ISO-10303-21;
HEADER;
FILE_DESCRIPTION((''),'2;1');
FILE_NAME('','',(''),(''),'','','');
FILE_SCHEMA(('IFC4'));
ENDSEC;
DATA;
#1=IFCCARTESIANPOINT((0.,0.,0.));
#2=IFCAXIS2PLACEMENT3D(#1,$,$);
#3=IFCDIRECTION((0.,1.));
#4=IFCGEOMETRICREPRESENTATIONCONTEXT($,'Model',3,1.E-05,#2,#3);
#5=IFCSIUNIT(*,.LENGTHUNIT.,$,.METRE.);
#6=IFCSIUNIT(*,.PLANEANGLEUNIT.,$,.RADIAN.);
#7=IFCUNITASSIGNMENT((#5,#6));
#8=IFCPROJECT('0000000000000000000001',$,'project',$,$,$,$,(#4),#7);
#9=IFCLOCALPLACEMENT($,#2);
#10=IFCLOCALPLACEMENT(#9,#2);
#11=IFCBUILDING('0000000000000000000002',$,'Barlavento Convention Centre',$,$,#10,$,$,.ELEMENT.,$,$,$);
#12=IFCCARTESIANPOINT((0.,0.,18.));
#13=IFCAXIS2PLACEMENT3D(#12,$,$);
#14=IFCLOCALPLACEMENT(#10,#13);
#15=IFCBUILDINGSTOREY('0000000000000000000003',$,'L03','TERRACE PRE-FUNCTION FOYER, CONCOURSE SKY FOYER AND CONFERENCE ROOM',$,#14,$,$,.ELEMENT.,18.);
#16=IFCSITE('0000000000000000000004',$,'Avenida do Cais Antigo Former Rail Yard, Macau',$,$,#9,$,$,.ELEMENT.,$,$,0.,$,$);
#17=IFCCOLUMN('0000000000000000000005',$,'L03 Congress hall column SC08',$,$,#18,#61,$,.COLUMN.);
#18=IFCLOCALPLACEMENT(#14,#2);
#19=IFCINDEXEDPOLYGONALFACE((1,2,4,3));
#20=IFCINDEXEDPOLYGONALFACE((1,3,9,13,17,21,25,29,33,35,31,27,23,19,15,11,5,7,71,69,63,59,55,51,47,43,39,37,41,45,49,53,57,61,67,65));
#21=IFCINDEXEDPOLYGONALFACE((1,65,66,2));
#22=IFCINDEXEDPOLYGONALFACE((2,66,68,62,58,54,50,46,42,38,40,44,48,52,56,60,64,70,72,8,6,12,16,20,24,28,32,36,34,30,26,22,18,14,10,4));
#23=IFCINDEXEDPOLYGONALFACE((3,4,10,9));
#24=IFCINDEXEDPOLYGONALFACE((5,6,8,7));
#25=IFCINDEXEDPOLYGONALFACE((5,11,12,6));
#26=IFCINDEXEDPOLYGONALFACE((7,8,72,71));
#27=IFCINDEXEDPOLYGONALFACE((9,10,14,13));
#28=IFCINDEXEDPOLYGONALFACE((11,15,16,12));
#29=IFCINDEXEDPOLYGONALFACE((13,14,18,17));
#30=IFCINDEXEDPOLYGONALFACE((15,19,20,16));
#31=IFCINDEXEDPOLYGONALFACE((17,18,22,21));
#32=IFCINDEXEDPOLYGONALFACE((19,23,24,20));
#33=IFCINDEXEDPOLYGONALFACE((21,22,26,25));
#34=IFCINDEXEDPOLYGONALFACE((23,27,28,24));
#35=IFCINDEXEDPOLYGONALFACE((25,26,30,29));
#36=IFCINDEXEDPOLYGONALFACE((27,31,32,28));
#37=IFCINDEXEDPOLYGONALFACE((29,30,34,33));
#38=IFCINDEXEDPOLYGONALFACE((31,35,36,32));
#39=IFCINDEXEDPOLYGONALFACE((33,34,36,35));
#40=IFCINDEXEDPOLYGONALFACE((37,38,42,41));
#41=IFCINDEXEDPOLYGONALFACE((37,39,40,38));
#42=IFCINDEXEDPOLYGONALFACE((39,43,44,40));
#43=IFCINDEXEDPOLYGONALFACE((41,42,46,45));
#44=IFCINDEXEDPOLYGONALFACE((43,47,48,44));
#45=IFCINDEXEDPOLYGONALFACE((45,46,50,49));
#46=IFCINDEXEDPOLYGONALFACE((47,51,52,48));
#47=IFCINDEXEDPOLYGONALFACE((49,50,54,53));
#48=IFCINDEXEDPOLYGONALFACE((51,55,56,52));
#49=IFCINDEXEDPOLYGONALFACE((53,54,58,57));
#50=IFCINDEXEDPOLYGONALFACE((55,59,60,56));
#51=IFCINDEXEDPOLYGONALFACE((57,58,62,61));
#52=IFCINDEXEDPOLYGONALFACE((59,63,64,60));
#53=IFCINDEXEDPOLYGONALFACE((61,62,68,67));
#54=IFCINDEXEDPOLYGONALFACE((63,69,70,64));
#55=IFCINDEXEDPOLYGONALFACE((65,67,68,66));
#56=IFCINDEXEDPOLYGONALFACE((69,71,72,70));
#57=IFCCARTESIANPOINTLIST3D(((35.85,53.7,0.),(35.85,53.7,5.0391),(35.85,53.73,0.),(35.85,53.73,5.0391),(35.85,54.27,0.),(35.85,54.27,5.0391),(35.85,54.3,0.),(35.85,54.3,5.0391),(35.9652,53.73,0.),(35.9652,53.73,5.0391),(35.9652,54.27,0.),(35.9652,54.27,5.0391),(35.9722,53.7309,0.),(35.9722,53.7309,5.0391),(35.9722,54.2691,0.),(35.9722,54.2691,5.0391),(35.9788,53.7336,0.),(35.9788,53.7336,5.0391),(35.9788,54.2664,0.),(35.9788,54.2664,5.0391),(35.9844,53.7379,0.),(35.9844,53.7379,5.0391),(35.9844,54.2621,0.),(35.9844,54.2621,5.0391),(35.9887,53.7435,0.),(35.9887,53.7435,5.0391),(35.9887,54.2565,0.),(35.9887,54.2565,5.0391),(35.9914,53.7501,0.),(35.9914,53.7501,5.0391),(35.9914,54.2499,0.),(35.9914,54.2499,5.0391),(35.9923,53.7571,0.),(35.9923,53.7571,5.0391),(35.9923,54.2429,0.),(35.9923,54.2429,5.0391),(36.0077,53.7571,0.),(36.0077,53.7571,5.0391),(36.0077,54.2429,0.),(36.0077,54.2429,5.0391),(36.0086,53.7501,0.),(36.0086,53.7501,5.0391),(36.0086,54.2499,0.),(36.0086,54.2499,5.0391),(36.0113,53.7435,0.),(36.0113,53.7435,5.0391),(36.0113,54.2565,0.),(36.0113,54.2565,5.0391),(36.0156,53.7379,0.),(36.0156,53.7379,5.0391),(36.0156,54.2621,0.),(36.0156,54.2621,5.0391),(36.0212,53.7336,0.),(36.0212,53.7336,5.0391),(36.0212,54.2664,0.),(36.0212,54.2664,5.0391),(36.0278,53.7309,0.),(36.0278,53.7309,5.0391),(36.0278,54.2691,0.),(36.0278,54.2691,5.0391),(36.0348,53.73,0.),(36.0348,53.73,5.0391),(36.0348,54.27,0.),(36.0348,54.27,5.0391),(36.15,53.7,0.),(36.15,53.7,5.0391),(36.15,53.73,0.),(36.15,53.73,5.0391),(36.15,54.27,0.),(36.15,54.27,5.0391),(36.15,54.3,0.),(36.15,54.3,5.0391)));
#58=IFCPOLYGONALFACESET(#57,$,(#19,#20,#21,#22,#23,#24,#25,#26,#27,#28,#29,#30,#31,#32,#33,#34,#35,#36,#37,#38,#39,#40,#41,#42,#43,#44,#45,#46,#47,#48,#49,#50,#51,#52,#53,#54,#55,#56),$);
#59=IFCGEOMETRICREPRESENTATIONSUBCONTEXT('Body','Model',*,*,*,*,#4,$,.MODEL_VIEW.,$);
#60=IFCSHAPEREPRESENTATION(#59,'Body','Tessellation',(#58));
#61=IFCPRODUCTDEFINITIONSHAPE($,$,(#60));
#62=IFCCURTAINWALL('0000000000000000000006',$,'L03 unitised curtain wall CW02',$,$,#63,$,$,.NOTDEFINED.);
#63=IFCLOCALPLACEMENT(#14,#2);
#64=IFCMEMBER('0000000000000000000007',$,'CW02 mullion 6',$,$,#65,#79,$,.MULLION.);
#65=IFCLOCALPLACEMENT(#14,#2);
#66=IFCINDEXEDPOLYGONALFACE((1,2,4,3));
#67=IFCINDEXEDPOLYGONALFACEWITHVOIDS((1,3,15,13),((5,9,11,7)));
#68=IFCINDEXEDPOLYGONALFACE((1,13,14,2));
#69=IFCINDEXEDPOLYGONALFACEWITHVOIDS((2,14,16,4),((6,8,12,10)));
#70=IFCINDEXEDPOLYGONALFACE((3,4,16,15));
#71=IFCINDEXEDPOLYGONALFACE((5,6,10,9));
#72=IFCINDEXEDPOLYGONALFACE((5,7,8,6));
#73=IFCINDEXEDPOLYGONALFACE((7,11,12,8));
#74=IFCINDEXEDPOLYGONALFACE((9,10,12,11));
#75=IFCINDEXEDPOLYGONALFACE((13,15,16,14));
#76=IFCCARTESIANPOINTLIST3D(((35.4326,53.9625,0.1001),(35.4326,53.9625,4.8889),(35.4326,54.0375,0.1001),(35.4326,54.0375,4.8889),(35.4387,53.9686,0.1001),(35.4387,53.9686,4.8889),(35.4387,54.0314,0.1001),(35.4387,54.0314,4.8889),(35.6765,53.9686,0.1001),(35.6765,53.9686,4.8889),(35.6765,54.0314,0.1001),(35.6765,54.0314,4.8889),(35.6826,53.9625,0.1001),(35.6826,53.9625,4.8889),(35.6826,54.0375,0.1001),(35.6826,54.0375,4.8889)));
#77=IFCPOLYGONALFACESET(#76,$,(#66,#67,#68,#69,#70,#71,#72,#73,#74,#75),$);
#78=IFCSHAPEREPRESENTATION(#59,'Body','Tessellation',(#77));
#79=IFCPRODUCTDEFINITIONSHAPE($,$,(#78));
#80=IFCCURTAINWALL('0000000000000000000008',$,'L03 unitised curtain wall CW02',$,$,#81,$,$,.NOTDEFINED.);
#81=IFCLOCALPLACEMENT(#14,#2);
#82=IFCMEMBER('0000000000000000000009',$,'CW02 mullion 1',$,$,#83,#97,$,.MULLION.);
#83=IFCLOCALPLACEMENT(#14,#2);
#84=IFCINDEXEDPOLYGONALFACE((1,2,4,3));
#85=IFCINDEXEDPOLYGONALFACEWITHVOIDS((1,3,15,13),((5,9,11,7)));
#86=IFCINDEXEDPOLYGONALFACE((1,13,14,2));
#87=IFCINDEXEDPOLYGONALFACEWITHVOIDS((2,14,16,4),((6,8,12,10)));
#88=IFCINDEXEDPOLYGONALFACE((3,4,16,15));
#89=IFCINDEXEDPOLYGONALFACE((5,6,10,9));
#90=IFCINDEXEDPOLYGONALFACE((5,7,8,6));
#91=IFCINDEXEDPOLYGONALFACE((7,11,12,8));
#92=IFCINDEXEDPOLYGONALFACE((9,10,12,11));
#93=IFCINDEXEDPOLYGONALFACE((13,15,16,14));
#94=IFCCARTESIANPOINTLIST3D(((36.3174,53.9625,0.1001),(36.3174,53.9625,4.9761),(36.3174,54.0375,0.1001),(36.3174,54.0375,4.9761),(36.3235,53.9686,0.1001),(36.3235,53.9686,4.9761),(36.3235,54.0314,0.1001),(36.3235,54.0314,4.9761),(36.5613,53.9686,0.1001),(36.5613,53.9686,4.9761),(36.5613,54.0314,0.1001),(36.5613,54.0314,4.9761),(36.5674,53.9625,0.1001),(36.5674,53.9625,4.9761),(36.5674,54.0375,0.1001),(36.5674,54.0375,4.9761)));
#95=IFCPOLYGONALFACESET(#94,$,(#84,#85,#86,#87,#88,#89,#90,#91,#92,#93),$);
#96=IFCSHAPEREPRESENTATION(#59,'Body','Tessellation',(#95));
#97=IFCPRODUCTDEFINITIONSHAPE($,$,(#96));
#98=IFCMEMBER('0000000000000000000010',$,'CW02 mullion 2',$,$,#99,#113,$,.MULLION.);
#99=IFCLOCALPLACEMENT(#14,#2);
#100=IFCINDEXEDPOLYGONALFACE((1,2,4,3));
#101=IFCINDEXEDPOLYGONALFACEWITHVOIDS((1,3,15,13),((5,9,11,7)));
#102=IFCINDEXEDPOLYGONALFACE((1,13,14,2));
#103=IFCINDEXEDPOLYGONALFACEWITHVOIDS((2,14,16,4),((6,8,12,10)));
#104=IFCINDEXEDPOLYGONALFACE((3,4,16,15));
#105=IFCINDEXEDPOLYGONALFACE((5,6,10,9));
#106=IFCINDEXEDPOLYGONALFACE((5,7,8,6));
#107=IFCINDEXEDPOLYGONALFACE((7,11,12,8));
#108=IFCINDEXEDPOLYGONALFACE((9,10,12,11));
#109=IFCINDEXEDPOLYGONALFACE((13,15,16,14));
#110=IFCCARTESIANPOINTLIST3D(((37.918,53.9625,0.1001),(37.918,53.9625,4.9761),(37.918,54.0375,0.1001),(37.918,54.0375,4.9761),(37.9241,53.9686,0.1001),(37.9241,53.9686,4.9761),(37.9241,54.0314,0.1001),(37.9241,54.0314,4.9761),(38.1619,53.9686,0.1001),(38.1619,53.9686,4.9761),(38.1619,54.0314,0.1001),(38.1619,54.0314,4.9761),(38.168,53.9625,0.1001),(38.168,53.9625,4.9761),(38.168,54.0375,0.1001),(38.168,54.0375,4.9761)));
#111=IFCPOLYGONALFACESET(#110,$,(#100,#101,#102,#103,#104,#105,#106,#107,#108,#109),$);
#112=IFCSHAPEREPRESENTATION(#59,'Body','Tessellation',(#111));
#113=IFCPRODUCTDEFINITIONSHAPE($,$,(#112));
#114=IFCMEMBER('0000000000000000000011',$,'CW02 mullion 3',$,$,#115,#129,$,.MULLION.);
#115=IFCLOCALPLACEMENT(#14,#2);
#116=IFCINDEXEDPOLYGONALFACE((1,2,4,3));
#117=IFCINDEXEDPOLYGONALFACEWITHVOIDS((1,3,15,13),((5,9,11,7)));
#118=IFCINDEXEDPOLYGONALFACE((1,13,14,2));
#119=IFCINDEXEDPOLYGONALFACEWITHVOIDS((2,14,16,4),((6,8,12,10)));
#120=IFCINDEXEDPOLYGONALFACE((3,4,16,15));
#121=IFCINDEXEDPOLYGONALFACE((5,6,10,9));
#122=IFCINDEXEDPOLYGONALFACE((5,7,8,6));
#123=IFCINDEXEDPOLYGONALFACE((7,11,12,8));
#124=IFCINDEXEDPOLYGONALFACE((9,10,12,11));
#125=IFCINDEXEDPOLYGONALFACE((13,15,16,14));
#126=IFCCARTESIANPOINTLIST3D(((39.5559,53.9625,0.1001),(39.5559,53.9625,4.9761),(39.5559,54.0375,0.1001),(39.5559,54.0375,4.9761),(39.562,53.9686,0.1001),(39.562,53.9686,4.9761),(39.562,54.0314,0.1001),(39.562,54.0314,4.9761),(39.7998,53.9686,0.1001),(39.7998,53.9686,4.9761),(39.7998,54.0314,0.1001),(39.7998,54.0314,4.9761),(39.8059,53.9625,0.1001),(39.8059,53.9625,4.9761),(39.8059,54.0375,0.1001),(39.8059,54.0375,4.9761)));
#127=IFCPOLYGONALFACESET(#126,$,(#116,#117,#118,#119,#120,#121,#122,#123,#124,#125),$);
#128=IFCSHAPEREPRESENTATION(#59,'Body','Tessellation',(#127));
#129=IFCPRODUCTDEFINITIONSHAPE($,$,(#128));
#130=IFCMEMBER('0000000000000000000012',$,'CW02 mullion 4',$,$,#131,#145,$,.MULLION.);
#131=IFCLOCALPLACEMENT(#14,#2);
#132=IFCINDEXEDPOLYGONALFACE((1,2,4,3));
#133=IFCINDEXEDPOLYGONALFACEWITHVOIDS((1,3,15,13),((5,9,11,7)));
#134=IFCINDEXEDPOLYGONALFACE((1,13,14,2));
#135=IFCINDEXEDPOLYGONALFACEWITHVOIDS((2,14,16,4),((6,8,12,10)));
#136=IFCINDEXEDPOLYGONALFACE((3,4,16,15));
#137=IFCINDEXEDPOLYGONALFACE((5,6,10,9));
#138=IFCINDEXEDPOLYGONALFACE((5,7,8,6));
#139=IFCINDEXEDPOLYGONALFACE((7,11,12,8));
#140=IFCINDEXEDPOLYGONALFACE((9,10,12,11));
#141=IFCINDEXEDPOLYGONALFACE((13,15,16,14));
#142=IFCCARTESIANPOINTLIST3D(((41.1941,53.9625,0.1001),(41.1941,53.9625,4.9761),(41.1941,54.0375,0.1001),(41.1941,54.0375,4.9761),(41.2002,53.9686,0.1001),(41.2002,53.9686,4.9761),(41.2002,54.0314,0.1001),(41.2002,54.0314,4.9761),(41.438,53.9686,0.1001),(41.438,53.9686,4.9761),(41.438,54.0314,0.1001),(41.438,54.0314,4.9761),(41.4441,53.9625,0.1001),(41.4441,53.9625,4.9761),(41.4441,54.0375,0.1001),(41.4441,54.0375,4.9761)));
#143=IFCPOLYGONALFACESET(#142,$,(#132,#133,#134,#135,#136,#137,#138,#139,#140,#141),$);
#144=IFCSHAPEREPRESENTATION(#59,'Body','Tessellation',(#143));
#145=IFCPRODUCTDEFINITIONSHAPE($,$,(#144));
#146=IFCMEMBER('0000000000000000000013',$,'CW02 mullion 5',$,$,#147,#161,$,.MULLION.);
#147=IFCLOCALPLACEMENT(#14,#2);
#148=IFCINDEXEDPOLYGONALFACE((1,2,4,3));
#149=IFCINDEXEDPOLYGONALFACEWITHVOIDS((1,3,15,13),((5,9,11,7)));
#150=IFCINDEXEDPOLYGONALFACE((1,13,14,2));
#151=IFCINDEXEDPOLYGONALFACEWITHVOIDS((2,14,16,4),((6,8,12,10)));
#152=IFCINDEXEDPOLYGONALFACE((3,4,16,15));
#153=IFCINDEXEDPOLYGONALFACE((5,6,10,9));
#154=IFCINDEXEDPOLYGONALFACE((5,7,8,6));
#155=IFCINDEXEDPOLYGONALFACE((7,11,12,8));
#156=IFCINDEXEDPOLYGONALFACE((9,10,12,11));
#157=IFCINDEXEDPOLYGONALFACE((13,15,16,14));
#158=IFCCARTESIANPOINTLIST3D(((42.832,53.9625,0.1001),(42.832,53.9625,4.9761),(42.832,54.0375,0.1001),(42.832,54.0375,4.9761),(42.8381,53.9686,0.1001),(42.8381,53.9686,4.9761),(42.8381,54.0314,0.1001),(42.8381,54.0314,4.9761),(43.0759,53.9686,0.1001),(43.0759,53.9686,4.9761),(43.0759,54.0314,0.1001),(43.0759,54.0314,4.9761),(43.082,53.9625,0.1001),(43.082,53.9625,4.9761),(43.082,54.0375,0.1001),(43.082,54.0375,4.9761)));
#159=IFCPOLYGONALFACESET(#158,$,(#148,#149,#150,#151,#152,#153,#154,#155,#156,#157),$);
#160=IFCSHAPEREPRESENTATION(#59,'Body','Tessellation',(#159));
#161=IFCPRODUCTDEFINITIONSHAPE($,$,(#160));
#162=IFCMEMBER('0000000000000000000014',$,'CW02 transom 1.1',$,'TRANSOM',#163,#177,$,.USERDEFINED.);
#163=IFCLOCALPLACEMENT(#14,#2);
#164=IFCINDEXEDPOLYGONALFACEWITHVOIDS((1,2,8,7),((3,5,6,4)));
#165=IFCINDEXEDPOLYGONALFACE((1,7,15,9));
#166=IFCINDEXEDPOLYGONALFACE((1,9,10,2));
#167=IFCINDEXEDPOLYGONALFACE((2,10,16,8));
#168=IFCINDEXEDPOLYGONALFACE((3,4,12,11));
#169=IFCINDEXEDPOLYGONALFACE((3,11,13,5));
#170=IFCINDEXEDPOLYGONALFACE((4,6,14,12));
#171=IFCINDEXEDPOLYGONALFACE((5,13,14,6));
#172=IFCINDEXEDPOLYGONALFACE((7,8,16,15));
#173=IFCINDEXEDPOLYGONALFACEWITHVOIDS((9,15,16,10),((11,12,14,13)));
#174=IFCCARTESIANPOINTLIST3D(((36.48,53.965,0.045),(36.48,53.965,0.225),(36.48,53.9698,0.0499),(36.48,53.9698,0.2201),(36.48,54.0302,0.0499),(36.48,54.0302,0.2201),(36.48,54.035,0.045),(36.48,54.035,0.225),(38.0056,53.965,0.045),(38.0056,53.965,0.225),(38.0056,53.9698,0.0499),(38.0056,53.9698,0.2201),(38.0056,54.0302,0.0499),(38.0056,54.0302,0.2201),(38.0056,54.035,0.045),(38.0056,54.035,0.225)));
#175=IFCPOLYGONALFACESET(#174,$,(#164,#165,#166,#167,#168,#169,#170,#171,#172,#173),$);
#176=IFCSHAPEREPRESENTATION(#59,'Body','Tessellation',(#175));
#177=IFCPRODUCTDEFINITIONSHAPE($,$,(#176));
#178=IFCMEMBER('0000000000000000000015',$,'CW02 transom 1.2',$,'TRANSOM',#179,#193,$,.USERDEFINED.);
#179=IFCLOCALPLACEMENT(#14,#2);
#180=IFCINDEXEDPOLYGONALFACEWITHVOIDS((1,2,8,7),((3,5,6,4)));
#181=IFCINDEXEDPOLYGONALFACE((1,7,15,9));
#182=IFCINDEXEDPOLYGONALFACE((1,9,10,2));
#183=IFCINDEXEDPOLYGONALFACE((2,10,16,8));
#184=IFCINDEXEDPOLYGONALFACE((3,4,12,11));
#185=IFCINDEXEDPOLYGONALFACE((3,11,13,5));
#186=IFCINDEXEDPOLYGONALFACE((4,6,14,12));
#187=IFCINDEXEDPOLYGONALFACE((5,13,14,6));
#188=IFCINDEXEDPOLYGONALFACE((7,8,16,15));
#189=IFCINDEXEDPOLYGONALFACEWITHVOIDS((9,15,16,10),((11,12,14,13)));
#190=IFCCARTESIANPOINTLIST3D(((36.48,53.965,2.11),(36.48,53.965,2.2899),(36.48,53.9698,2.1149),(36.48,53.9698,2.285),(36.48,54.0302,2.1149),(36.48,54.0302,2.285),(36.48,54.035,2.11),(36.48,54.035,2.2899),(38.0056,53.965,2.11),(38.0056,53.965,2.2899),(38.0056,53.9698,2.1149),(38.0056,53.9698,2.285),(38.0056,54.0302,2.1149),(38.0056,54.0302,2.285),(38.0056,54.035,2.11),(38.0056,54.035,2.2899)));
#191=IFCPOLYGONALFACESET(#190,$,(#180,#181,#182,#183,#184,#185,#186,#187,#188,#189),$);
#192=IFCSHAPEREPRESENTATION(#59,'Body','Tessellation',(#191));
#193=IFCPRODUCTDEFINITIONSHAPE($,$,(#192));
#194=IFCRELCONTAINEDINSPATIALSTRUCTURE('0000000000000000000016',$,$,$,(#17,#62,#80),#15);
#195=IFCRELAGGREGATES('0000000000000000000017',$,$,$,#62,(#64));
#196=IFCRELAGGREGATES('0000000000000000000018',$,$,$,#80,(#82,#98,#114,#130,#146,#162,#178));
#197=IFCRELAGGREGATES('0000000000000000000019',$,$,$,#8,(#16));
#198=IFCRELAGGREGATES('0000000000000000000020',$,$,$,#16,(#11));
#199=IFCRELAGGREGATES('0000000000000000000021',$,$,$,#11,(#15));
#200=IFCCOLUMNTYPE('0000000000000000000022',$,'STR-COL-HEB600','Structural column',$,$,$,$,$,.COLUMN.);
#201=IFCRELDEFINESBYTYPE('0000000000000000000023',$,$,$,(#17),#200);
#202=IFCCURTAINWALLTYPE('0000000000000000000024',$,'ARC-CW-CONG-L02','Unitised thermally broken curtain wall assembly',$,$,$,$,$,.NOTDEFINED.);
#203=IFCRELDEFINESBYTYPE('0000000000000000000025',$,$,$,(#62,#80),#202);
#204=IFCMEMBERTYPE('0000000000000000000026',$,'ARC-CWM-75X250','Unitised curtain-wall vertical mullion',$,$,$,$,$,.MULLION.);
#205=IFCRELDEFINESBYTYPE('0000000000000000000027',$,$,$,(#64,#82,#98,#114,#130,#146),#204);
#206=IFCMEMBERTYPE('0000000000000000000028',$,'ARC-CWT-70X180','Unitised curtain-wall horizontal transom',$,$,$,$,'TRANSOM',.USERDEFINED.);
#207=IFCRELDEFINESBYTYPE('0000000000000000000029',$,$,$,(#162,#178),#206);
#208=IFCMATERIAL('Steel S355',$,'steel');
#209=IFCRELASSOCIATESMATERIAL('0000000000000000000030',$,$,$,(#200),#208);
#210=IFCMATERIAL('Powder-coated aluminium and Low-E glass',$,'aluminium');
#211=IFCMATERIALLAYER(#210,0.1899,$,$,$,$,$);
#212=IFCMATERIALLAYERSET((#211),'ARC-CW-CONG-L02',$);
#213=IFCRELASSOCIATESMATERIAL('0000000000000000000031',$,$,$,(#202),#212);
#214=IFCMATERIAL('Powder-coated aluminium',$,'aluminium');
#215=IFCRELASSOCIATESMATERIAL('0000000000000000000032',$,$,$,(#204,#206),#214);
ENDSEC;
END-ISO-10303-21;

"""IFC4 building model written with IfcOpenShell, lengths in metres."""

from ifc_helpers import new_model, si_unit, direction, frame, origin, origin_2d, place, context, subcontext, project, spatial, hollow_rectangle, i_section, extrude, material, layer, layer_set, material_profile, profile_set, type_object, element, aggregate, save


model = new_model("IFC4")

# Units and contexts
model_context = context("Model", 3, precision=1e-05, world=origin(), true_north=direction((0.0, 1.0)))
body_context = subcontext(model_context, "Body", "Model", "MODEL_VIEW")
ifc_project = project(units=[si_unit("LENGTHUNIT", "METRE"), si_unit("PLANEANGLEUNIT", "RADIAN")], contexts=[model_context])

# Site, building, storey
site_placement = place(None, origin())
site = spatial("IfcSite", under=ifc_project, at=site_placement, Name="Avenida do Cais Antigo Former Rail Yard, Macau", CompositionType="ELEMENT", RefElevation=0.0)
building_placement = place(site_placement, origin())
building = spatial("IfcBuilding", under=site, at=building_placement, Name="Barlavento Convention Centre", CompositionType="ELEMENT")
storey_placement = place(building_placement, frame((0.0, 0.0, 18.0)))
storey = spatial("IfcBuildingStorey", under=building, at=storey_placement, Name="L03", Description="TERRACE PRE-FUNCTION FOYER, CONCOURSE SKY FOYER AND CONFERENCE ROOM", CompositionType="ELEMENT", Elevation=18.0)

# Column
ifc_material_1 = material(Name="Steel S355", Category="steel")
ifc_material_profile_1 = material_profile(ifc_material_1, i_section(OverallWidth=0.3, OverallDepth=0.6001, WebThickness=0.0154, FlangeThickness=0.03, FilletRadius=0.0271, at=origin_2d()), Name="HEB 600")
ifc_profile_set_1 = profile_set([ifc_material_profile_1], Name="Steel S355")
column_type = type_object("IfcColumnType", Name="STR-COL-HEB600", Description="Structural column", PredefinedType="COLUMN", material=ifc_profile_set_1)
column_placement = place(storey_placement, frame((36.0, 54.0, 0.0), z_axis=(0.0, 0.0, 1.0), x_axis=(1.0, 0.0, 0.0)))
element("IfcColumn", 1, at=column_placement, inside=storey, type_object=column_type, Name="L03 Congress hall column SC08", PredefinedType="COLUMN", context=body_context, shape_type="SweptSolid", body=[
    extrude(i_section(OverallWidth=0.3, OverallDepth=0.6001, WebThickness=0.0154, FlangeThickness=0.03, FilletRadius=0.0271, at=origin_2d()), origin(), (0.0, 0.0, 1.0), 5.0391),
])

# Curtain wall, member
ifc_material_2 = material(Name="Powder-coated aluminium and Low-E glass", Category="aluminium")
ifc_layer_1 = layer(ifc_material_2, 0.1899)
ifc_layer_set_1 = layer_set([ifc_layer_1], Name="ARC-CW-CONG-L02")
curtain_wall_type = type_object("IfcCurtainWallType", Name="ARC-CW-CONG-L02", Description="Unitised thermally broken curtain wall assembly", PredefinedType="NOTDEFINED", material=ifc_layer_set_1)
curtain_wall_1_placement = place(storey_placement, origin())
curtain_wall_1 = element("IfcCurtainWall", 2, at=curtain_wall_1_placement, inside=storey, type_object=curtain_wall_type, Name="L03 unitised curtain wall CW02", PredefinedType="NOTDEFINED")
ifc_material_3 = material(Name="Powder-coated aluminium", Category="aluminium")
ifc_material_profile_2 = material_profile(ifc_material_3, hollow_rectangle(XDim=0.075, YDim=0.25, WallThickness=0.0061, at=origin_2d()), Name="AL-MULL 75x250x6")
ifc_profile_set_2 = profile_set([ifc_material_profile_2], Name="Powder-coated aluminium")
member_type_1 = type_object("IfcMemberType", Name="ARC-CWM-75X250", Description="Unitised curtain-wall vertical mullion", PredefinedType="MULLION", material=ifc_profile_set_2)
member_1_placement = place(storey_placement, frame((35.5576, 54.0, 0.1001), z_axis=(0.0, 0.0, 1.0), x_axis=(0.0, 1.0, 0.0)))
member_1 = element("IfcMember", 3, at=member_1_placement, type_object=member_type_1, Name="CW02 mullion 6", PredefinedType="MULLION", context=body_context, shape_type="SweptSolid", body=[
    extrude(hollow_rectangle(XDim=0.075, YDim=0.25, WallThickness=0.0061, at=origin_2d()), origin(), (0.0, 0.0, 1.0), 4.7888),
])
aggregate(curtain_wall_1, [member_1])

# Curtain wall, members
curtain_wall_2_placement = place(storey_placement, origin())
curtain_wall_2 = element("IfcCurtainWall", 4, at=curtain_wall_2_placement, inside=storey, type_object=curtain_wall_type, Name="L03 unitised curtain wall CW02", PredefinedType="NOTDEFINED")
member_2_placement = place(storey_placement, frame((36.4424, 54.0, 0.1001), z_axis=(0.0, 0.0, 1.0), x_axis=(0.0, 1.0, 0.0)))
member_2 = element("IfcMember", 5, at=member_2_placement, type_object=member_type_1, Name="CW02 mullion 1", PredefinedType="MULLION", context=body_context, shape_type="SweptSolid", body=[
    extrude(hollow_rectangle(XDim=0.075, YDim=0.25, WallThickness=0.0061, at=origin_2d()), origin(), (0.0, 0.0, 1.0), 4.876),
])
member_3_placement = place(storey_placement, frame((38.043, 54.0, 0.1001), z_axis=(0.0, 0.0, 1.0), x_axis=(0.0, 1.0, 0.0)))
member_3 = element("IfcMember", 6, at=member_3_placement, type_object=member_type_1, Name="CW02 mullion 2", PredefinedType="MULLION", context=body_context, shape_type="SweptSolid", body=[
    extrude(hollow_rectangle(XDim=0.075, YDim=0.25, WallThickness=0.0061, at=origin_2d()), origin(), (0.0, 0.0, 1.0), 4.876),
])
member_4_placement = place(storey_placement, frame((39.6809, 54.0, 0.1001), z_axis=(0.0, 0.0, 1.0), x_axis=(0.0, 1.0, 0.0)))
member_4 = element("IfcMember", 7, at=member_4_placement, type_object=member_type_1, Name="CW02 mullion 3", PredefinedType="MULLION", context=body_context, shape_type="SweptSolid", body=[
    extrude(hollow_rectangle(XDim=0.075, YDim=0.25, WallThickness=0.0061, at=origin_2d()), origin(), (0.0, 0.0, 1.0), 4.876),
])
member_5_placement = place(storey_placement, frame((41.3191, 54.0, 0.1001), z_axis=(0.0, 0.0, 1.0), x_axis=(0.0, 1.0, 0.0)))
member_5 = element("IfcMember", 8, at=member_5_placement, type_object=member_type_1, Name="CW02 mullion 4", PredefinedType="MULLION", context=body_context, shape_type="SweptSolid", body=[
    extrude(hollow_rectangle(XDim=0.075, YDim=0.25, WallThickness=0.0061, at=origin_2d()), origin(), (0.0, 0.0, 1.0), 4.876),
])
member_6_placement = place(storey_placement, frame((42.957, 54.0, 0.1001), z_axis=(0.0, 0.0, 1.0), x_axis=(0.0, 1.0, 0.0)))
member_6 = element("IfcMember", 9, at=member_6_placement, type_object=member_type_1, Name="CW02 mullion 5", PredefinedType="MULLION", context=body_context, shape_type="SweptSolid", body=[
    extrude(hollow_rectangle(XDim=0.075, YDim=0.25, WallThickness=0.0061, at=origin_2d()), origin(), (0.0, 0.0, 1.0), 4.876),
])
ifc_material_profile_3 = material_profile(ifc_material_3, hollow_rectangle(XDim=0.0701, YDim=0.1799, WallThickness=0.0049, at=origin_2d()), Name="AL-TRAN 70x180x5")
ifc_profile_set_3 = profile_set([ifc_material_profile_3], Name="Powder-coated aluminium")
member_type_2 = type_object("IfcMemberType", Name="ARC-CWT-70X180", Description="Unitised curtain-wall horizontal transom", ElementType="TRANSOM", PredefinedType="USERDEFINED", material=ifc_profile_set_3)
member_7_placement = place(storey_placement, frame((36.48, 54.0, 0.135), z_axis=(1.0, 0.0, 0.0), x_axis=(0.0, 1.0, 0.0)))
member_7 = element("IfcMember", 10, at=member_7_placement, type_object=member_type_2, Name="CW02 transom 1.1", ObjectType="TRANSOM", PredefinedType="USERDEFINED", context=body_context, shape_type="SweptSolid", body=[
    extrude(hollow_rectangle(XDim=0.0701, YDim=0.1799, WallThickness=0.0049, at=origin_2d()), origin(), (0.0, 0.0, 1.0), 1.5256),
])
member_8_placement = place(storey_placement, frame((36.48, 54.0, 2.2), z_axis=(1.0, 0.0, 0.0), x_axis=(0.0, 1.0, 0.0)))
member_8 = element("IfcMember", 11, at=member_8_placement, type_object=member_type_2, Name="CW02 transom 1.2", ObjectType="TRANSOM", PredefinedType="USERDEFINED", context=body_context, shape_type="SweptSolid", body=[
    extrude(hollow_rectangle(XDim=0.0701, YDim=0.1799, WallThickness=0.0049, at=origin_2d()), origin(), (0.0, 0.0, 1.0), 1.5256),
])

aggregate(curtain_wall_2, [member_2, member_3, member_4, member_5, member_6, member_7, member_8])

save(model, "model.ifc")
